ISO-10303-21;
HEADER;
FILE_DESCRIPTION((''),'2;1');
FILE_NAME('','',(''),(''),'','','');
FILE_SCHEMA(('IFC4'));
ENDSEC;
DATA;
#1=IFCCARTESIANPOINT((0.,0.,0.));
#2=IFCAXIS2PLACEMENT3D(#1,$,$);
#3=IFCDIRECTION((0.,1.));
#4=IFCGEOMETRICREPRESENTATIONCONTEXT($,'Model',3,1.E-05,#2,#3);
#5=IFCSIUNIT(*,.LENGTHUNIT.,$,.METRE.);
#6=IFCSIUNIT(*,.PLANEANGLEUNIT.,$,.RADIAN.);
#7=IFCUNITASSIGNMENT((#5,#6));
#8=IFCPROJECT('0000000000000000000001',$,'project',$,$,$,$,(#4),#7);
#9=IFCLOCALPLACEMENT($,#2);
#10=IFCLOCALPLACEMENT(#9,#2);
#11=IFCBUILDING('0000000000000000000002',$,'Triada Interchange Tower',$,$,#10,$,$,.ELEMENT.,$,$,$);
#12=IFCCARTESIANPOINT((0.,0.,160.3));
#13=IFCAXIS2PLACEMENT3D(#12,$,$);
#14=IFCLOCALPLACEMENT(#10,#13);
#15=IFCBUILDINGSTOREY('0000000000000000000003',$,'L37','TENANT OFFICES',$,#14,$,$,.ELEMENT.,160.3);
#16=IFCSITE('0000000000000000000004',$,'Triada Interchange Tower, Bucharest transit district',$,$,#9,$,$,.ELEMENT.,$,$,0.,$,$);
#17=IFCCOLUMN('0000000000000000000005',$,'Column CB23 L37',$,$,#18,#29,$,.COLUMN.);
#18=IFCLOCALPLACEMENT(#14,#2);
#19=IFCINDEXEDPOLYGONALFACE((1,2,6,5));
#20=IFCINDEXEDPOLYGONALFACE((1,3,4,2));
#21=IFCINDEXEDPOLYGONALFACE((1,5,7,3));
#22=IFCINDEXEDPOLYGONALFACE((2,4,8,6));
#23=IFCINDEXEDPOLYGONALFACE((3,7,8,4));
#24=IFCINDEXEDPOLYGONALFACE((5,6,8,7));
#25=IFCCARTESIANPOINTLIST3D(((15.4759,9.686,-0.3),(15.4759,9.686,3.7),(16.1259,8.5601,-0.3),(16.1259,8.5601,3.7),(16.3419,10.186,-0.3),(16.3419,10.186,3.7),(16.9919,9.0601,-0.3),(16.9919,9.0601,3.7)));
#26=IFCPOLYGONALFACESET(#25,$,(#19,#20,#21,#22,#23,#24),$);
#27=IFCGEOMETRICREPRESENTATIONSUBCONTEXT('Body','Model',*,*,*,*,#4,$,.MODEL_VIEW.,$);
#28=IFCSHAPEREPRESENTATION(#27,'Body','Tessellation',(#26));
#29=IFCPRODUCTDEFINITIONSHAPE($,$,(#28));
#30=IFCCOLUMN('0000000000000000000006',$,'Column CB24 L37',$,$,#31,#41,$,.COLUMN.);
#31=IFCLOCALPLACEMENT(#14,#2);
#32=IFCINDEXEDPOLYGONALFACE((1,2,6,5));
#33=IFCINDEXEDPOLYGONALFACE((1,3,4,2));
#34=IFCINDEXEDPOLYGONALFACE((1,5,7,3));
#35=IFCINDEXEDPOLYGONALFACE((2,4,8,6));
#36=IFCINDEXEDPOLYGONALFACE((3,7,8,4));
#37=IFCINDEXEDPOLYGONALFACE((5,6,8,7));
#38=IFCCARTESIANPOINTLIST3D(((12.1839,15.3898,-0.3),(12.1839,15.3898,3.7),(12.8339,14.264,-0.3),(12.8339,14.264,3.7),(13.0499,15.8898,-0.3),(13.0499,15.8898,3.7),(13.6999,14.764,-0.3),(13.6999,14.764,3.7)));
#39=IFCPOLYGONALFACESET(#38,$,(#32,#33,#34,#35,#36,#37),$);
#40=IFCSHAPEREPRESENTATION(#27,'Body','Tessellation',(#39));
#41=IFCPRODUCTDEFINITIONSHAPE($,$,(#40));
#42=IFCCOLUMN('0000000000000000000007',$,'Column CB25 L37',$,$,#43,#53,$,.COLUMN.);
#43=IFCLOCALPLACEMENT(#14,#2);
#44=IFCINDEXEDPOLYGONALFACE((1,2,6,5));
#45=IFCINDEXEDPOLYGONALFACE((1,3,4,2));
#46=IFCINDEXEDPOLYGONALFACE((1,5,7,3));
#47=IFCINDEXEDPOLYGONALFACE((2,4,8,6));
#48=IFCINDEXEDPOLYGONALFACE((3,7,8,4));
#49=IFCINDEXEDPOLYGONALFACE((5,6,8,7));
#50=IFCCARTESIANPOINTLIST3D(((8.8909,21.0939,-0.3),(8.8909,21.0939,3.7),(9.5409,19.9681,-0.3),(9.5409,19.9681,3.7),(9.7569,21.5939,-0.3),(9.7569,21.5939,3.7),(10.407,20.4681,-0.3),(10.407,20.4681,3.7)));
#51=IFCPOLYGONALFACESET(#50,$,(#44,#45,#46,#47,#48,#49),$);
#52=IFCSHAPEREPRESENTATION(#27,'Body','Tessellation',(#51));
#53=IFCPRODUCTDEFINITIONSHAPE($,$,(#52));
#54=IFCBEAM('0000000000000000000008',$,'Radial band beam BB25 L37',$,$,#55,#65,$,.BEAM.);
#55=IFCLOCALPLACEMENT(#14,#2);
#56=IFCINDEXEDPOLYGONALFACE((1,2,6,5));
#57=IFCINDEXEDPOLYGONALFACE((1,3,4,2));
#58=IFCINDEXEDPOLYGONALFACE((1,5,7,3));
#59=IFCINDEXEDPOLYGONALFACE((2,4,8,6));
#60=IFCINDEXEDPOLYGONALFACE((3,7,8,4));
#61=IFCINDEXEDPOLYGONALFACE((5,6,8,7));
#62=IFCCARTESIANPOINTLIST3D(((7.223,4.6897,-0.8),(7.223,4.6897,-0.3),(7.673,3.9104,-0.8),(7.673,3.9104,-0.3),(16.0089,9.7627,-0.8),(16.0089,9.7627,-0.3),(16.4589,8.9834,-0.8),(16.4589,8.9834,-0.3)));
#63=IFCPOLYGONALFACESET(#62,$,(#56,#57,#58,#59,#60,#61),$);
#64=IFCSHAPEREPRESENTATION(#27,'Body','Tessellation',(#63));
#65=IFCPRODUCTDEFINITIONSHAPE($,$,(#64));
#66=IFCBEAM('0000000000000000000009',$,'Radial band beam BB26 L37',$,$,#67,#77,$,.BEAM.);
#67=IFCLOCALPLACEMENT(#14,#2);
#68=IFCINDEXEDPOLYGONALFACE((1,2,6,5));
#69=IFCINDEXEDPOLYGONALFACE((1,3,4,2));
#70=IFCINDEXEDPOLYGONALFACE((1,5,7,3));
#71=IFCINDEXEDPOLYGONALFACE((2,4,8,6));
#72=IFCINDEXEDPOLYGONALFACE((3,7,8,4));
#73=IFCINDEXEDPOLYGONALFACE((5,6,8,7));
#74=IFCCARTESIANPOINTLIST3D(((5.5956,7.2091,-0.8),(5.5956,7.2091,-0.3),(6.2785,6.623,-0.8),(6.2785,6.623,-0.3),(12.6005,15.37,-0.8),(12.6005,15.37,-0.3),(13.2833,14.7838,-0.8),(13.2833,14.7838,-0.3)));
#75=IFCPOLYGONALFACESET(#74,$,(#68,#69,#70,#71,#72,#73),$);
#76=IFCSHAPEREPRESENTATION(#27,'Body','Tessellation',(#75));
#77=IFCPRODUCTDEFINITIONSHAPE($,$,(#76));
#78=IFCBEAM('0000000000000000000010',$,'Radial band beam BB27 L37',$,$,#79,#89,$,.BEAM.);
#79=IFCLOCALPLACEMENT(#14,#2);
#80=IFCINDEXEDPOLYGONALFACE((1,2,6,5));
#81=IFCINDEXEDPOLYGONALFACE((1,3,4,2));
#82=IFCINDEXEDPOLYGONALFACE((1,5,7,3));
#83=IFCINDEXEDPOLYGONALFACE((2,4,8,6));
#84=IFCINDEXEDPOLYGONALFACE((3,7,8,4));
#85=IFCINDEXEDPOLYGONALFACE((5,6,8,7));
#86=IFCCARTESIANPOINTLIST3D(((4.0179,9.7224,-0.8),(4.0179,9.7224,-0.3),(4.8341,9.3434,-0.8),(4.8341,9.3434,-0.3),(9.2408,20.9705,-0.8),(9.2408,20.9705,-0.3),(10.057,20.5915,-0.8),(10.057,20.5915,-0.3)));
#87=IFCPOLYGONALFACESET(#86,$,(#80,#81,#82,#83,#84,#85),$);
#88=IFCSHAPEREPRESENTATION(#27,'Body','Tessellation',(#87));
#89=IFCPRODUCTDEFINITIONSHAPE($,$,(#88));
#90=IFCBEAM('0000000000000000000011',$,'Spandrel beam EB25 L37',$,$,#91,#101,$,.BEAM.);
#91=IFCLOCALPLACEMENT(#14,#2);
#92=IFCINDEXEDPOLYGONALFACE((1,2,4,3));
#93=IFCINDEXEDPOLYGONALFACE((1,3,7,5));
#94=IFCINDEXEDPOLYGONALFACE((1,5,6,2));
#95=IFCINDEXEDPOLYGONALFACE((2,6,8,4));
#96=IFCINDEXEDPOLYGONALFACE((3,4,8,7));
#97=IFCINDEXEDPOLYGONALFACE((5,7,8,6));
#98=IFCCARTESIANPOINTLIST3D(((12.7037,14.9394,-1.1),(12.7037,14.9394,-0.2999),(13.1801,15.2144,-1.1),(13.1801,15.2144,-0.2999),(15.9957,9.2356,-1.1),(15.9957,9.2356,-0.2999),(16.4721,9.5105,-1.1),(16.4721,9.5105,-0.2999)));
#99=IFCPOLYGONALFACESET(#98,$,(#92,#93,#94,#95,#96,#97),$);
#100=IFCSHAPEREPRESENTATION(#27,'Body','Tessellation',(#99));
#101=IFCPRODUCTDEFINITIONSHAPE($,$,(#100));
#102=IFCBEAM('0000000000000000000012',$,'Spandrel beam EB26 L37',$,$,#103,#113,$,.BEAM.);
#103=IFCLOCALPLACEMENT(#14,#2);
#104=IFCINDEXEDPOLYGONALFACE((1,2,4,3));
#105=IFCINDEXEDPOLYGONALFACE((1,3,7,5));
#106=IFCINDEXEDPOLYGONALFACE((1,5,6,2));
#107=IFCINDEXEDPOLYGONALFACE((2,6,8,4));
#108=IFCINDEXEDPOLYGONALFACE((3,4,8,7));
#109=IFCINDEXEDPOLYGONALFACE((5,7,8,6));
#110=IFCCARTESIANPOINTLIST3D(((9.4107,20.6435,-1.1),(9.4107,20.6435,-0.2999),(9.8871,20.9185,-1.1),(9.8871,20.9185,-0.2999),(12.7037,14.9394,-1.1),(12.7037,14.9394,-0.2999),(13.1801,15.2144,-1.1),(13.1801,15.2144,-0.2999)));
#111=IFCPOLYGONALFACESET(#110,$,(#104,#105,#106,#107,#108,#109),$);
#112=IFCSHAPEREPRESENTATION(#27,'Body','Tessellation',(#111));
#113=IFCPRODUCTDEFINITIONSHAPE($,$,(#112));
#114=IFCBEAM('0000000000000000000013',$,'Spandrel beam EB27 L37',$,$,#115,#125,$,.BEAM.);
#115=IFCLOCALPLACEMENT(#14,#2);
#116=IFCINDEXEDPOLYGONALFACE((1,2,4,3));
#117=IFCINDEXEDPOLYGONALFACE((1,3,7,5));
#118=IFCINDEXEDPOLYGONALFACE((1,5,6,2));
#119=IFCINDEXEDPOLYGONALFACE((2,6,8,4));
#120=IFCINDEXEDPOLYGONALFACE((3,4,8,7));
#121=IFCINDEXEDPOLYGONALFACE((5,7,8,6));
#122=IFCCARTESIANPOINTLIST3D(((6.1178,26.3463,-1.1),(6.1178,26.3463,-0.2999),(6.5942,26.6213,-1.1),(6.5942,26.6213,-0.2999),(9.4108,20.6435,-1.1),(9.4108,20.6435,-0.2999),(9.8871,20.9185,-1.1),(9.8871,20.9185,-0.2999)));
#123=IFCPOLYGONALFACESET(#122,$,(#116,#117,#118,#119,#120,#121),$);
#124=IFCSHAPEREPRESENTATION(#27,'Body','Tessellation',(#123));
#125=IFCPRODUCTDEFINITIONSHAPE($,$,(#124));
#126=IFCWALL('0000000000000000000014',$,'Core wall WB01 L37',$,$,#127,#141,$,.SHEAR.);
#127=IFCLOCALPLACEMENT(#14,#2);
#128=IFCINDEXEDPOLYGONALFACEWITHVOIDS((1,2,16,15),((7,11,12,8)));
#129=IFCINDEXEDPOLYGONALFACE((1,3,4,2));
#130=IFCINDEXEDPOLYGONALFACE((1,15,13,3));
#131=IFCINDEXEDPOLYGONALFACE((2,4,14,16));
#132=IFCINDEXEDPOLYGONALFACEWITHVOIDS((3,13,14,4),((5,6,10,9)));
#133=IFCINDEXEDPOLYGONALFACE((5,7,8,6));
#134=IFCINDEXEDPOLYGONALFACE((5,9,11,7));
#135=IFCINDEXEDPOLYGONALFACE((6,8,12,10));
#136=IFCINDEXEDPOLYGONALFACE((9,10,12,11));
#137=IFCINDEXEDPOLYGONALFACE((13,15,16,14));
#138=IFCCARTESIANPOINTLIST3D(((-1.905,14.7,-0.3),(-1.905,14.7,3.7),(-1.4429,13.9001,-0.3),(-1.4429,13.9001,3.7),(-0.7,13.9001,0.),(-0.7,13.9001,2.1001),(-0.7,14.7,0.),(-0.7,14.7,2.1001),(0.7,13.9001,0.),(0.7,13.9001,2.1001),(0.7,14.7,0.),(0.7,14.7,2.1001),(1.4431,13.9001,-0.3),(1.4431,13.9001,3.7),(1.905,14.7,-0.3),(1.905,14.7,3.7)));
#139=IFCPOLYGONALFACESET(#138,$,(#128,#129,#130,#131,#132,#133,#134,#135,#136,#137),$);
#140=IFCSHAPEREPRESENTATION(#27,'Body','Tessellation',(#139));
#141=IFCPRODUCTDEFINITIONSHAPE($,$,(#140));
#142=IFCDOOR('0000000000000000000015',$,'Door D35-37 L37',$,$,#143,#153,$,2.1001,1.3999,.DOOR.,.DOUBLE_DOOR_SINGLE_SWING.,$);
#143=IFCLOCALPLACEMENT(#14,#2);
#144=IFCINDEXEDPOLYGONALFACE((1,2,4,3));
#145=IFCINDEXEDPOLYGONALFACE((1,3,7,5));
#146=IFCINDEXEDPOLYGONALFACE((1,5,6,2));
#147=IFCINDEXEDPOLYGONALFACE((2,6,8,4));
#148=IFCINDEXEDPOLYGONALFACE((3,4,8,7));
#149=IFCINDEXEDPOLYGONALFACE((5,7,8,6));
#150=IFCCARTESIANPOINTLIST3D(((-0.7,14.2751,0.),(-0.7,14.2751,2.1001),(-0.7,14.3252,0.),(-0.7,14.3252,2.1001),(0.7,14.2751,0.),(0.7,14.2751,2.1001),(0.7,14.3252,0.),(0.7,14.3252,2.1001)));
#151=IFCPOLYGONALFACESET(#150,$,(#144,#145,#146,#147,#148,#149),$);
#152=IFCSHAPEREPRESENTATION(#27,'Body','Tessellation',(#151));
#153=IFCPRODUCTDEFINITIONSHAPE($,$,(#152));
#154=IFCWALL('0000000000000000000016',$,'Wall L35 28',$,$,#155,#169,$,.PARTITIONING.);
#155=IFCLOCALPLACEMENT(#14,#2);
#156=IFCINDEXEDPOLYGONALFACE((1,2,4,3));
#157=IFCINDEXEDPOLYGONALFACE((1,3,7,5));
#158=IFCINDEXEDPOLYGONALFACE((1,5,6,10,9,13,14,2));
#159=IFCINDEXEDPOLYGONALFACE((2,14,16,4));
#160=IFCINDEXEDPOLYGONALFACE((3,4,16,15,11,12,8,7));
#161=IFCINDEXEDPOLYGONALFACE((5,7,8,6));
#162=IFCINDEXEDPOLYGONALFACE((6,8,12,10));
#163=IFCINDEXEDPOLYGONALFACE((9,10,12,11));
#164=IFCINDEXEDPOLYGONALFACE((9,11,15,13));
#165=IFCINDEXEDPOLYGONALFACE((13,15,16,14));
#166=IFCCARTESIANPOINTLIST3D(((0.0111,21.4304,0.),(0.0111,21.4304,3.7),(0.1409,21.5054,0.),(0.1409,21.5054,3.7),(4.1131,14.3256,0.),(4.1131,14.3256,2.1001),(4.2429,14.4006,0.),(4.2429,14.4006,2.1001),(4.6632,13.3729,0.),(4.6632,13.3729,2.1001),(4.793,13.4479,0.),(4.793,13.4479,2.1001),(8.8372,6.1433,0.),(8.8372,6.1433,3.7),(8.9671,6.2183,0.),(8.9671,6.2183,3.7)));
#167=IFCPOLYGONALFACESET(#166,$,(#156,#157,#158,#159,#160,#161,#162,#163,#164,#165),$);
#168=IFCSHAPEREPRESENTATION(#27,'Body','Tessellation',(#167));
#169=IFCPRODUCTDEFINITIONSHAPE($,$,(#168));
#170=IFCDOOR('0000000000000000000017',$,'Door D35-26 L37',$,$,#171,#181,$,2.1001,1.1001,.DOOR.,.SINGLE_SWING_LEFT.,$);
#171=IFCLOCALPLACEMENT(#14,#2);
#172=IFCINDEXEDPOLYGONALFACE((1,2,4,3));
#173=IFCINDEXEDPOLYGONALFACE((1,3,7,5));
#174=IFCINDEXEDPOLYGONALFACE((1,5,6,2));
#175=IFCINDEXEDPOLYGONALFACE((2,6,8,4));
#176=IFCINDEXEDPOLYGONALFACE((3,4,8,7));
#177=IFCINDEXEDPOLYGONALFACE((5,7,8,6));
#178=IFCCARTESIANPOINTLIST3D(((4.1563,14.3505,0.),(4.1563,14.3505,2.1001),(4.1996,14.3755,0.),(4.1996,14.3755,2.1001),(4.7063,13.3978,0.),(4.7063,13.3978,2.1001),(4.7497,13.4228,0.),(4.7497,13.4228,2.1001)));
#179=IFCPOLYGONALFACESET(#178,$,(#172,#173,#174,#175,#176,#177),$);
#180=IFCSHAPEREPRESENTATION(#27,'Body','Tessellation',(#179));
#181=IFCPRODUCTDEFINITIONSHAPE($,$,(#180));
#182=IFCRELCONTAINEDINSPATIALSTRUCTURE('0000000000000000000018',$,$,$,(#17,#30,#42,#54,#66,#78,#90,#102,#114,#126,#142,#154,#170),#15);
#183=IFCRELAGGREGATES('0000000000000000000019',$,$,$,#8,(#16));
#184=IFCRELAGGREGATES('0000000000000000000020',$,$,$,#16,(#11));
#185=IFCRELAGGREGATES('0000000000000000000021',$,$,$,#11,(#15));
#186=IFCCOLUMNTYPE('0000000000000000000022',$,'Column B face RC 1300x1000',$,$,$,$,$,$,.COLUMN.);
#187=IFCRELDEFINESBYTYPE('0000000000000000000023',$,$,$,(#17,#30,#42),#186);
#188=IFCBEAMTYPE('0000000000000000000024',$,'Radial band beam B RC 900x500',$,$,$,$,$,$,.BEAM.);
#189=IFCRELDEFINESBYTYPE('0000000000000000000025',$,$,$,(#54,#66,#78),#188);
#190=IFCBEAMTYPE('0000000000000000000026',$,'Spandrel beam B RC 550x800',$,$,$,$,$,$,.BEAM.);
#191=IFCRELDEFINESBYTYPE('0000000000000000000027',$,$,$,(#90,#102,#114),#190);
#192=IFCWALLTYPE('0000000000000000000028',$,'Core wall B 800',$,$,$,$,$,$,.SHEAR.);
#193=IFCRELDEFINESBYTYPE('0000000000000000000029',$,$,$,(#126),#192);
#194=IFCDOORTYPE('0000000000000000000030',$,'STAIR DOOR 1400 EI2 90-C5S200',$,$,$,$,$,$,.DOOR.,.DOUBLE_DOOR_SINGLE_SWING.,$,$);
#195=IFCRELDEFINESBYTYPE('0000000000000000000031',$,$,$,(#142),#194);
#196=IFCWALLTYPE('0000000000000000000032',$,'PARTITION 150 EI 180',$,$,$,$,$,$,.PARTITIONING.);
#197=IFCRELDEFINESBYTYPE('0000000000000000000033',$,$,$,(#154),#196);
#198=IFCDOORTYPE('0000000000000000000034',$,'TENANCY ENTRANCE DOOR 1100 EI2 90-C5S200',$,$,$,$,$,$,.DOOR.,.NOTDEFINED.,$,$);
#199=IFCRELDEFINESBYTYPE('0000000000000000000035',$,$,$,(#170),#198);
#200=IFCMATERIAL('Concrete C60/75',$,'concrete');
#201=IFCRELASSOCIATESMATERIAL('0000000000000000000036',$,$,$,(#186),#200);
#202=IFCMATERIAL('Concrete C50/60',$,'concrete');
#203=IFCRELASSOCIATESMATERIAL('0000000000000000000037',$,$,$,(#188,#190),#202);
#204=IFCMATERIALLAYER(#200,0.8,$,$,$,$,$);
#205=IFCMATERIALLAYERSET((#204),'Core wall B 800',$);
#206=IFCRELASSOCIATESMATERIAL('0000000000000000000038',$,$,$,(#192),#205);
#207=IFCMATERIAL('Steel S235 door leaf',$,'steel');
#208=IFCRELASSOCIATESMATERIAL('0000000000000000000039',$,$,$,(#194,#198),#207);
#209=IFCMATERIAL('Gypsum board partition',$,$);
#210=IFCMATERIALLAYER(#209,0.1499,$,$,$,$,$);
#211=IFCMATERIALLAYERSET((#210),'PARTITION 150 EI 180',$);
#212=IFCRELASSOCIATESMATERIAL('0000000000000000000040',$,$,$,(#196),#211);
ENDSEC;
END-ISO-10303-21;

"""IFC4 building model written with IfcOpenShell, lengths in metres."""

from ifc_helpers import new_model, si_unit, direction, frame, frame_2d, origin, origin_2d, place, context, subcontext, project, spatial, polyline, rectangle, outline, extrude, material, layer, layer_set, material_profile, profile_set, type_object, element, fill, save


model = new_model("IFC4")

# Units and contexts
model_context = context("Model", 3, precision=1e-05, world=origin(), true_north=direction((0.0, 1.0)))
body_context = subcontext(model_context, "Body", "Model", "MODEL_VIEW")
ifc_project = project(units=[si_unit("LENGTHUNIT", "METRE"), si_unit("PLANEANGLEUNIT", "RADIAN")], contexts=[model_context])

# Site, building, storey
site_placement = place(None, origin())
site = spatial("IfcSite", under=ifc_project, at=site_placement, Name="Triada Interchange Tower, Bucharest transit district", CompositionType="ELEMENT", RefElevation=0.0)
building_placement = place(site_placement, origin())
building = spatial("IfcBuilding", under=site, at=building_placement, Name="Triada Interchange Tower", CompositionType="ELEMENT")
storey_placement = place(building_placement, frame((0.0, 0.0, 160.3)))
storey = spatial("IfcBuildingStorey", under=building, at=storey_placement, Name="L37", Description="TENANT OFFICES", CompositionType="ELEMENT", Elevation=160.3)

# Columns
ifc_material_1 = material(Name="Concrete C60/75", Category="concrete")
ifc_material_profile_1 = material_profile(ifc_material_1, rectangle(XDim=1.3, YDim=1.0, at=origin_2d()), Name="RC 1300x1000")
ifc_profile_set_1 = profile_set([ifc_material_profile_1], Name="Concrete C60/75")
column_type = type_object("IfcColumnType", Name="Column B face RC 1300x1000", PredefinedType="COLUMN", material=ifc_profile_set_1)
for number, where, z_axis, x_axis, name in (
    (1, (16.2339, 9.373, -0.3), (0.0, 0.0, 1.0), (-0.5, 0.866025, 0.0), "Column CB23 L37"),
    (2, (12.9419, 15.0769, -0.3), (0.0, 0.0, 1.0), (-0.5, 0.866025, 0.0), "Column CB24 L37"),
    (3, (9.6489, 20.781, -0.3), (0.0, 0.0, 1.0), (-0.5, 0.866025, 0.0), "Column CB25 L37"),
):
    element("IfcColumn", number, at=place(storey_placement, frame(where, z_axis=z_axis, x_axis=x_axis)), inside=storey, type_object=column_type, Name=name, PredefinedType="COLUMN", context=body_context, shape_type="SweptSolid", body=[
        extrude(rectangle(XDim=1.3, YDim=1.0, at=origin_2d()), origin(), (0.0, 0.0, 1.0), 4.0),
    ])

# Beams
ifc_material_2 = material(Name="Concrete C50/60", Category="concrete")
ifc_material_profile_2 = material_profile(ifc_material_2, rectangle(XDim=0.8999, YDim=0.5, at=origin_2d()), Name="RC 900x500")
ifc_profile_set_2 = profile_set([ifc_material_profile_2], Name="Concrete C50/60")
beam_type_1 = type_object("IfcBeamType", Name="Radial band beam B RC 900x500", PredefinedType="BEAM", material=ifc_profile_set_2)
beam_1_placement = place(storey_placement, frame((16.2339, 9.373, -0.55), z_axis=(-0.866006, -0.500034, 0.0), x_axis=(0.500034, -0.866006, 0.0)))
element("IfcBeam", 4, at=beam_1_placement, inside=storey, type_object=beam_type_1, Name="Radial band beam BB25 L37", PredefinedType="BEAM", context=body_context, shape_type="SweptSolid", body=[
    extrude(rectangle(XDim=0.8999, YDim=0.5, at=origin_2d()), origin(), (0.0, 0.0, 1.0), 10.1453),
])
beam_2_placement = place(storey_placement, frame((12.9419, 15.0769, -0.55), z_axis=(-0.651318, -0.758805, 0.0), x_axis=(0.758805, -0.651318, 0.0)))
element("IfcBeam", 5, at=beam_2_placement, inside=storey, type_object=beam_type_1, Name="Radial band beam BB26 L37", PredefinedType="BEAM", context=body_context, shape_type="SweptSolid", body=[
    extrude(rectangle(XDim=0.8999, YDim=0.5, at=origin_2d()), origin(), (0.0, 0.0, 1.0), 10.7549),
])
beam_3_placement = place(storey_placement, frame((9.6489, 20.781, -0.55), z_axis=(-0.421151, -0.906991, 0.0), x_axis=(0.906991, -0.421151, 0.0)))
element("IfcBeam", 6, at=beam_3_placement, inside=storey, type_object=beam_type_1, Name="Radial band beam BB27 L37", PredefinedType="BEAM", context=body_context, shape_type="SweptSolid", body=[
    extrude(rectangle(XDim=0.8999, YDim=0.5, at=origin_2d()), origin(), (0.0, 0.0, 1.0), 12.4016),
])
ifc_material_profile_3 = material_profile(ifc_material_2, rectangle(XDim=0.55, YDim=0.8, at=origin_2d()), Name="RC 550x800")
ifc_profile_set_3 = profile_set([ifc_material_profile_3], Name="Concrete C50/60")
beam_type_2 = type_object("IfcBeamType", Name="Spandrel beam B RC 550x800", PredefinedType="BEAM", material=ifc_profile_set_3)
beam_4_placement = place(storey_placement, frame((16.2339, 9.373, -0.7), z_axis=(-0.499871, 0.8661, 0.0), x_axis=(-0.8661, -0.499871, 0.0)))
element("IfcBeam", 7, at=beam_4_placement, inside=storey, type_object=beam_type_2, Name="Spandrel beam EB25 L37", PredefinedType="BEAM", context=body_context, shape_type="SweptSolid", body=[
    extrude(rectangle(XDim=0.55, YDim=0.8, at=origin_2d()), origin(), (0.0, 0.0, 1.0), 6.5857),
])
beam_5_placement = place(storey_placement, frame((12.9419, 15.0769, -0.7), z_axis=(-0.499966, 0.866045, 0.0), x_axis=(-0.866045, -0.499966, 0.0)))
element("IfcBeam", 8, at=beam_5_placement, inside=storey, type_object=beam_type_2, Name="Spandrel beam EB26 L37", PredefinedType="BEAM", context=body_context, shape_type="SweptSolid", body=[
    extrude(rectangle(XDim=0.55, YDim=0.8, at=origin_2d()), origin(), (0.0, 0.0, 1.0), 6.5864),
])
beam_6_placement = place(storey_placement, frame((9.6489, 20.781, -0.7), z_axis=(-0.500047, 0.865999, 0.0), x_axis=(-0.865999, -0.500047, 0.0)))
element("IfcBeam", 9, at=beam_6_placement, inside=storey, type_object=beam_type_2, Name="Spandrel beam EB27 L37", PredefinedType="BEAM", context=body_context, shape_type="SweptSolid", body=[
    extrude(rectangle(XDim=0.55, YDim=0.8, at=origin_2d()), origin(), (0.0, 0.0, 1.0), 6.5852),
])

# Walls, openings, doors
ifc_layer_1 = layer(ifc_material_1, 0.8)
ifc_layer_set_1 = layer_set([ifc_layer_1], Name="Core wall B 800")
wall_type_1 = type_object("IfcWallType", Name="Core wall B 800", PredefinedType="SHEAR", material=ifc_layer_set_1)
wall_1_placement = place(storey_placement, frame((1.6741, 14.3, -0.3), z_axis=(0.0, 0.0, 1.0), x_axis=(-1.0, 0.0, 0.0)))
wall_1 = element("IfcWall", 10, at=wall_1_placement, inside=storey, type_object=wall_type_1, Name="Core wall WB01 L37", PredefinedType="SHEAR", context=body_context, shape_type="SweptSolid", body=[
    extrude(outline(polyline([(-0.231, -0.3999), (1.6741, -0.3999), (3.5791, -0.3999), (3.1169, 0.3999), (1.6738, 0.3999), (0.231, 0.3999), (-0.231, -0.3999)])), origin(), (0.0, 0.0, 1.0), 4.0),
])
opening_1_placement = place(wall_1_placement, frame((0.9741, 0.0, 0.3)))
opening_1 = element("IfcOpeningElement", 11, at=opening_1_placement, cuts=wall_1, PredefinedType="OPENING", context=body_context, shape_type="SweptSolid", body=[
    extrude(rectangle(XDim=1.3999, YDim=2.1001, at=frame_2d((0.7, 1.05))), frame((0.0, 0.4099, 0.0), z_axis=(0.0, -1.0, 0.0), x_axis=(1.0, 0.0, 0.0)), (0.0, 0.0, 1.0), 0.8201),
])
ifc_material_3 = material(Name="Steel S235 door leaf", Category="steel")
door_type_1 = type_object("IfcDoorType", Name="STAIR DOOR 1400 EI2 90-C5S200", OperationType="DOUBLE_DOOR_SINGLE_SWING", PredefinedType="DOOR", material=ifc_material_3)
door_1_placement = place(opening_1_placement, origin())
door_1 = element("IfcDoor", 12, at=door_1_placement, inside=storey, type_object=door_type_1, Name="Door D35-37 L37", OperationType="DOUBLE_DOOR_SINGLE_SWING", OverallHeight=2.1001, OverallWidth=1.3999, PredefinedType="DOOR", context=body_context, shape_type="SweptSolid", body=[
    extrude(rectangle(XDim=1.3999, YDim=2.1001, at=frame_2d((0.7, 1.05))), frame((0.0, 0.0249, 0.0), z_axis=(0.0, -1.0, 0.0), x_axis=(1.0, 0.0, 0.0)), (0.0, 0.0, 1.0), 0.05),
])
fill(opening_1, door_1)
ifc_material_4 = material(Name="Gypsum board partition")
ifc_layer_2 = layer(ifc_material_4, 0.1499)
ifc_layer_set_2 = layer_set([ifc_layer_2], Name="PARTITION 150 EI 180")
wall_type_2 = type_object("IfcWallType", Name="PARTITION 150 EI 180", PredefinedType="PARTITIONING", material=ifc_layer_set_2)
wall_2_placement = place(storey_placement, frame((0.0759, 21.468, 0.0), z_axis=(0.0, 0.0, 1.0), x_axis=(0.500007, -0.866022, 0.0)))
wall_2 = element("IfcWall", 13, at=wall_2_placement, inside=storey, type_object=wall_type_2, Name="Wall L35 28", PredefinedType="PARTITIONING", context=body_context, shape_type="SweptSolid", body=[
    extrude(rectangle(XDim=17.6521, YDim=0.1499, at=frame_2d((8.8262, 0.0))), origin(), (0.0, 0.0, 1.0), 3.7),
])
opening_2_placement = place(wall_2_placement, frame((8.2041, 0.0, 0.0)))
opening_2 = element("IfcOpeningElement", 14, at=opening_2_placement, cuts=wall_2, PredefinedType="OPENING", context=body_context, shape_type="SweptSolid", body=[
    extrude(rectangle(XDim=1.1001, YDim=2.1001, at=frame_2d((0.55, 1.05))), frame((0.0, 0.085, 0.0), z_axis=(0.0, -1.0, 0.0), x_axis=(1.0, 0.0, 0.0)), (0.0, 0.0, 1.0), 0.1699),
])
door_type_2 = type_object("IfcDoorType", Name="TENANCY ENTRANCE DOOR 1100 EI2 90-C5S200", OperationType="NOTDEFINED", PredefinedType="DOOR", material=ifc_material_3)
door_2_placement = place(opening_2_placement, origin())
door_2 = element("IfcDoor", 15, at=door_2_placement, inside=storey, type_object=door_type_2, Name="Door D35-26 L37", OperationType="SINGLE_SWING_LEFT", OverallHeight=2.1001, OverallWidth=1.1001, PredefinedType="DOOR", context=body_context, shape_type="SweptSolid", body=[
    extrude(rectangle(XDim=1.1001, YDim=2.1001, at=frame_2d((0.55, 1.05))), frame((0.0, 0.0249, 0.0), z_axis=(0.0, -1.0, 0.0), x_axis=(1.0, 0.0, 0.0)), (0.0, 0.0, 1.0), 0.05),
])
fill(opening_2, door_2)

save(model, "model.ifc")
